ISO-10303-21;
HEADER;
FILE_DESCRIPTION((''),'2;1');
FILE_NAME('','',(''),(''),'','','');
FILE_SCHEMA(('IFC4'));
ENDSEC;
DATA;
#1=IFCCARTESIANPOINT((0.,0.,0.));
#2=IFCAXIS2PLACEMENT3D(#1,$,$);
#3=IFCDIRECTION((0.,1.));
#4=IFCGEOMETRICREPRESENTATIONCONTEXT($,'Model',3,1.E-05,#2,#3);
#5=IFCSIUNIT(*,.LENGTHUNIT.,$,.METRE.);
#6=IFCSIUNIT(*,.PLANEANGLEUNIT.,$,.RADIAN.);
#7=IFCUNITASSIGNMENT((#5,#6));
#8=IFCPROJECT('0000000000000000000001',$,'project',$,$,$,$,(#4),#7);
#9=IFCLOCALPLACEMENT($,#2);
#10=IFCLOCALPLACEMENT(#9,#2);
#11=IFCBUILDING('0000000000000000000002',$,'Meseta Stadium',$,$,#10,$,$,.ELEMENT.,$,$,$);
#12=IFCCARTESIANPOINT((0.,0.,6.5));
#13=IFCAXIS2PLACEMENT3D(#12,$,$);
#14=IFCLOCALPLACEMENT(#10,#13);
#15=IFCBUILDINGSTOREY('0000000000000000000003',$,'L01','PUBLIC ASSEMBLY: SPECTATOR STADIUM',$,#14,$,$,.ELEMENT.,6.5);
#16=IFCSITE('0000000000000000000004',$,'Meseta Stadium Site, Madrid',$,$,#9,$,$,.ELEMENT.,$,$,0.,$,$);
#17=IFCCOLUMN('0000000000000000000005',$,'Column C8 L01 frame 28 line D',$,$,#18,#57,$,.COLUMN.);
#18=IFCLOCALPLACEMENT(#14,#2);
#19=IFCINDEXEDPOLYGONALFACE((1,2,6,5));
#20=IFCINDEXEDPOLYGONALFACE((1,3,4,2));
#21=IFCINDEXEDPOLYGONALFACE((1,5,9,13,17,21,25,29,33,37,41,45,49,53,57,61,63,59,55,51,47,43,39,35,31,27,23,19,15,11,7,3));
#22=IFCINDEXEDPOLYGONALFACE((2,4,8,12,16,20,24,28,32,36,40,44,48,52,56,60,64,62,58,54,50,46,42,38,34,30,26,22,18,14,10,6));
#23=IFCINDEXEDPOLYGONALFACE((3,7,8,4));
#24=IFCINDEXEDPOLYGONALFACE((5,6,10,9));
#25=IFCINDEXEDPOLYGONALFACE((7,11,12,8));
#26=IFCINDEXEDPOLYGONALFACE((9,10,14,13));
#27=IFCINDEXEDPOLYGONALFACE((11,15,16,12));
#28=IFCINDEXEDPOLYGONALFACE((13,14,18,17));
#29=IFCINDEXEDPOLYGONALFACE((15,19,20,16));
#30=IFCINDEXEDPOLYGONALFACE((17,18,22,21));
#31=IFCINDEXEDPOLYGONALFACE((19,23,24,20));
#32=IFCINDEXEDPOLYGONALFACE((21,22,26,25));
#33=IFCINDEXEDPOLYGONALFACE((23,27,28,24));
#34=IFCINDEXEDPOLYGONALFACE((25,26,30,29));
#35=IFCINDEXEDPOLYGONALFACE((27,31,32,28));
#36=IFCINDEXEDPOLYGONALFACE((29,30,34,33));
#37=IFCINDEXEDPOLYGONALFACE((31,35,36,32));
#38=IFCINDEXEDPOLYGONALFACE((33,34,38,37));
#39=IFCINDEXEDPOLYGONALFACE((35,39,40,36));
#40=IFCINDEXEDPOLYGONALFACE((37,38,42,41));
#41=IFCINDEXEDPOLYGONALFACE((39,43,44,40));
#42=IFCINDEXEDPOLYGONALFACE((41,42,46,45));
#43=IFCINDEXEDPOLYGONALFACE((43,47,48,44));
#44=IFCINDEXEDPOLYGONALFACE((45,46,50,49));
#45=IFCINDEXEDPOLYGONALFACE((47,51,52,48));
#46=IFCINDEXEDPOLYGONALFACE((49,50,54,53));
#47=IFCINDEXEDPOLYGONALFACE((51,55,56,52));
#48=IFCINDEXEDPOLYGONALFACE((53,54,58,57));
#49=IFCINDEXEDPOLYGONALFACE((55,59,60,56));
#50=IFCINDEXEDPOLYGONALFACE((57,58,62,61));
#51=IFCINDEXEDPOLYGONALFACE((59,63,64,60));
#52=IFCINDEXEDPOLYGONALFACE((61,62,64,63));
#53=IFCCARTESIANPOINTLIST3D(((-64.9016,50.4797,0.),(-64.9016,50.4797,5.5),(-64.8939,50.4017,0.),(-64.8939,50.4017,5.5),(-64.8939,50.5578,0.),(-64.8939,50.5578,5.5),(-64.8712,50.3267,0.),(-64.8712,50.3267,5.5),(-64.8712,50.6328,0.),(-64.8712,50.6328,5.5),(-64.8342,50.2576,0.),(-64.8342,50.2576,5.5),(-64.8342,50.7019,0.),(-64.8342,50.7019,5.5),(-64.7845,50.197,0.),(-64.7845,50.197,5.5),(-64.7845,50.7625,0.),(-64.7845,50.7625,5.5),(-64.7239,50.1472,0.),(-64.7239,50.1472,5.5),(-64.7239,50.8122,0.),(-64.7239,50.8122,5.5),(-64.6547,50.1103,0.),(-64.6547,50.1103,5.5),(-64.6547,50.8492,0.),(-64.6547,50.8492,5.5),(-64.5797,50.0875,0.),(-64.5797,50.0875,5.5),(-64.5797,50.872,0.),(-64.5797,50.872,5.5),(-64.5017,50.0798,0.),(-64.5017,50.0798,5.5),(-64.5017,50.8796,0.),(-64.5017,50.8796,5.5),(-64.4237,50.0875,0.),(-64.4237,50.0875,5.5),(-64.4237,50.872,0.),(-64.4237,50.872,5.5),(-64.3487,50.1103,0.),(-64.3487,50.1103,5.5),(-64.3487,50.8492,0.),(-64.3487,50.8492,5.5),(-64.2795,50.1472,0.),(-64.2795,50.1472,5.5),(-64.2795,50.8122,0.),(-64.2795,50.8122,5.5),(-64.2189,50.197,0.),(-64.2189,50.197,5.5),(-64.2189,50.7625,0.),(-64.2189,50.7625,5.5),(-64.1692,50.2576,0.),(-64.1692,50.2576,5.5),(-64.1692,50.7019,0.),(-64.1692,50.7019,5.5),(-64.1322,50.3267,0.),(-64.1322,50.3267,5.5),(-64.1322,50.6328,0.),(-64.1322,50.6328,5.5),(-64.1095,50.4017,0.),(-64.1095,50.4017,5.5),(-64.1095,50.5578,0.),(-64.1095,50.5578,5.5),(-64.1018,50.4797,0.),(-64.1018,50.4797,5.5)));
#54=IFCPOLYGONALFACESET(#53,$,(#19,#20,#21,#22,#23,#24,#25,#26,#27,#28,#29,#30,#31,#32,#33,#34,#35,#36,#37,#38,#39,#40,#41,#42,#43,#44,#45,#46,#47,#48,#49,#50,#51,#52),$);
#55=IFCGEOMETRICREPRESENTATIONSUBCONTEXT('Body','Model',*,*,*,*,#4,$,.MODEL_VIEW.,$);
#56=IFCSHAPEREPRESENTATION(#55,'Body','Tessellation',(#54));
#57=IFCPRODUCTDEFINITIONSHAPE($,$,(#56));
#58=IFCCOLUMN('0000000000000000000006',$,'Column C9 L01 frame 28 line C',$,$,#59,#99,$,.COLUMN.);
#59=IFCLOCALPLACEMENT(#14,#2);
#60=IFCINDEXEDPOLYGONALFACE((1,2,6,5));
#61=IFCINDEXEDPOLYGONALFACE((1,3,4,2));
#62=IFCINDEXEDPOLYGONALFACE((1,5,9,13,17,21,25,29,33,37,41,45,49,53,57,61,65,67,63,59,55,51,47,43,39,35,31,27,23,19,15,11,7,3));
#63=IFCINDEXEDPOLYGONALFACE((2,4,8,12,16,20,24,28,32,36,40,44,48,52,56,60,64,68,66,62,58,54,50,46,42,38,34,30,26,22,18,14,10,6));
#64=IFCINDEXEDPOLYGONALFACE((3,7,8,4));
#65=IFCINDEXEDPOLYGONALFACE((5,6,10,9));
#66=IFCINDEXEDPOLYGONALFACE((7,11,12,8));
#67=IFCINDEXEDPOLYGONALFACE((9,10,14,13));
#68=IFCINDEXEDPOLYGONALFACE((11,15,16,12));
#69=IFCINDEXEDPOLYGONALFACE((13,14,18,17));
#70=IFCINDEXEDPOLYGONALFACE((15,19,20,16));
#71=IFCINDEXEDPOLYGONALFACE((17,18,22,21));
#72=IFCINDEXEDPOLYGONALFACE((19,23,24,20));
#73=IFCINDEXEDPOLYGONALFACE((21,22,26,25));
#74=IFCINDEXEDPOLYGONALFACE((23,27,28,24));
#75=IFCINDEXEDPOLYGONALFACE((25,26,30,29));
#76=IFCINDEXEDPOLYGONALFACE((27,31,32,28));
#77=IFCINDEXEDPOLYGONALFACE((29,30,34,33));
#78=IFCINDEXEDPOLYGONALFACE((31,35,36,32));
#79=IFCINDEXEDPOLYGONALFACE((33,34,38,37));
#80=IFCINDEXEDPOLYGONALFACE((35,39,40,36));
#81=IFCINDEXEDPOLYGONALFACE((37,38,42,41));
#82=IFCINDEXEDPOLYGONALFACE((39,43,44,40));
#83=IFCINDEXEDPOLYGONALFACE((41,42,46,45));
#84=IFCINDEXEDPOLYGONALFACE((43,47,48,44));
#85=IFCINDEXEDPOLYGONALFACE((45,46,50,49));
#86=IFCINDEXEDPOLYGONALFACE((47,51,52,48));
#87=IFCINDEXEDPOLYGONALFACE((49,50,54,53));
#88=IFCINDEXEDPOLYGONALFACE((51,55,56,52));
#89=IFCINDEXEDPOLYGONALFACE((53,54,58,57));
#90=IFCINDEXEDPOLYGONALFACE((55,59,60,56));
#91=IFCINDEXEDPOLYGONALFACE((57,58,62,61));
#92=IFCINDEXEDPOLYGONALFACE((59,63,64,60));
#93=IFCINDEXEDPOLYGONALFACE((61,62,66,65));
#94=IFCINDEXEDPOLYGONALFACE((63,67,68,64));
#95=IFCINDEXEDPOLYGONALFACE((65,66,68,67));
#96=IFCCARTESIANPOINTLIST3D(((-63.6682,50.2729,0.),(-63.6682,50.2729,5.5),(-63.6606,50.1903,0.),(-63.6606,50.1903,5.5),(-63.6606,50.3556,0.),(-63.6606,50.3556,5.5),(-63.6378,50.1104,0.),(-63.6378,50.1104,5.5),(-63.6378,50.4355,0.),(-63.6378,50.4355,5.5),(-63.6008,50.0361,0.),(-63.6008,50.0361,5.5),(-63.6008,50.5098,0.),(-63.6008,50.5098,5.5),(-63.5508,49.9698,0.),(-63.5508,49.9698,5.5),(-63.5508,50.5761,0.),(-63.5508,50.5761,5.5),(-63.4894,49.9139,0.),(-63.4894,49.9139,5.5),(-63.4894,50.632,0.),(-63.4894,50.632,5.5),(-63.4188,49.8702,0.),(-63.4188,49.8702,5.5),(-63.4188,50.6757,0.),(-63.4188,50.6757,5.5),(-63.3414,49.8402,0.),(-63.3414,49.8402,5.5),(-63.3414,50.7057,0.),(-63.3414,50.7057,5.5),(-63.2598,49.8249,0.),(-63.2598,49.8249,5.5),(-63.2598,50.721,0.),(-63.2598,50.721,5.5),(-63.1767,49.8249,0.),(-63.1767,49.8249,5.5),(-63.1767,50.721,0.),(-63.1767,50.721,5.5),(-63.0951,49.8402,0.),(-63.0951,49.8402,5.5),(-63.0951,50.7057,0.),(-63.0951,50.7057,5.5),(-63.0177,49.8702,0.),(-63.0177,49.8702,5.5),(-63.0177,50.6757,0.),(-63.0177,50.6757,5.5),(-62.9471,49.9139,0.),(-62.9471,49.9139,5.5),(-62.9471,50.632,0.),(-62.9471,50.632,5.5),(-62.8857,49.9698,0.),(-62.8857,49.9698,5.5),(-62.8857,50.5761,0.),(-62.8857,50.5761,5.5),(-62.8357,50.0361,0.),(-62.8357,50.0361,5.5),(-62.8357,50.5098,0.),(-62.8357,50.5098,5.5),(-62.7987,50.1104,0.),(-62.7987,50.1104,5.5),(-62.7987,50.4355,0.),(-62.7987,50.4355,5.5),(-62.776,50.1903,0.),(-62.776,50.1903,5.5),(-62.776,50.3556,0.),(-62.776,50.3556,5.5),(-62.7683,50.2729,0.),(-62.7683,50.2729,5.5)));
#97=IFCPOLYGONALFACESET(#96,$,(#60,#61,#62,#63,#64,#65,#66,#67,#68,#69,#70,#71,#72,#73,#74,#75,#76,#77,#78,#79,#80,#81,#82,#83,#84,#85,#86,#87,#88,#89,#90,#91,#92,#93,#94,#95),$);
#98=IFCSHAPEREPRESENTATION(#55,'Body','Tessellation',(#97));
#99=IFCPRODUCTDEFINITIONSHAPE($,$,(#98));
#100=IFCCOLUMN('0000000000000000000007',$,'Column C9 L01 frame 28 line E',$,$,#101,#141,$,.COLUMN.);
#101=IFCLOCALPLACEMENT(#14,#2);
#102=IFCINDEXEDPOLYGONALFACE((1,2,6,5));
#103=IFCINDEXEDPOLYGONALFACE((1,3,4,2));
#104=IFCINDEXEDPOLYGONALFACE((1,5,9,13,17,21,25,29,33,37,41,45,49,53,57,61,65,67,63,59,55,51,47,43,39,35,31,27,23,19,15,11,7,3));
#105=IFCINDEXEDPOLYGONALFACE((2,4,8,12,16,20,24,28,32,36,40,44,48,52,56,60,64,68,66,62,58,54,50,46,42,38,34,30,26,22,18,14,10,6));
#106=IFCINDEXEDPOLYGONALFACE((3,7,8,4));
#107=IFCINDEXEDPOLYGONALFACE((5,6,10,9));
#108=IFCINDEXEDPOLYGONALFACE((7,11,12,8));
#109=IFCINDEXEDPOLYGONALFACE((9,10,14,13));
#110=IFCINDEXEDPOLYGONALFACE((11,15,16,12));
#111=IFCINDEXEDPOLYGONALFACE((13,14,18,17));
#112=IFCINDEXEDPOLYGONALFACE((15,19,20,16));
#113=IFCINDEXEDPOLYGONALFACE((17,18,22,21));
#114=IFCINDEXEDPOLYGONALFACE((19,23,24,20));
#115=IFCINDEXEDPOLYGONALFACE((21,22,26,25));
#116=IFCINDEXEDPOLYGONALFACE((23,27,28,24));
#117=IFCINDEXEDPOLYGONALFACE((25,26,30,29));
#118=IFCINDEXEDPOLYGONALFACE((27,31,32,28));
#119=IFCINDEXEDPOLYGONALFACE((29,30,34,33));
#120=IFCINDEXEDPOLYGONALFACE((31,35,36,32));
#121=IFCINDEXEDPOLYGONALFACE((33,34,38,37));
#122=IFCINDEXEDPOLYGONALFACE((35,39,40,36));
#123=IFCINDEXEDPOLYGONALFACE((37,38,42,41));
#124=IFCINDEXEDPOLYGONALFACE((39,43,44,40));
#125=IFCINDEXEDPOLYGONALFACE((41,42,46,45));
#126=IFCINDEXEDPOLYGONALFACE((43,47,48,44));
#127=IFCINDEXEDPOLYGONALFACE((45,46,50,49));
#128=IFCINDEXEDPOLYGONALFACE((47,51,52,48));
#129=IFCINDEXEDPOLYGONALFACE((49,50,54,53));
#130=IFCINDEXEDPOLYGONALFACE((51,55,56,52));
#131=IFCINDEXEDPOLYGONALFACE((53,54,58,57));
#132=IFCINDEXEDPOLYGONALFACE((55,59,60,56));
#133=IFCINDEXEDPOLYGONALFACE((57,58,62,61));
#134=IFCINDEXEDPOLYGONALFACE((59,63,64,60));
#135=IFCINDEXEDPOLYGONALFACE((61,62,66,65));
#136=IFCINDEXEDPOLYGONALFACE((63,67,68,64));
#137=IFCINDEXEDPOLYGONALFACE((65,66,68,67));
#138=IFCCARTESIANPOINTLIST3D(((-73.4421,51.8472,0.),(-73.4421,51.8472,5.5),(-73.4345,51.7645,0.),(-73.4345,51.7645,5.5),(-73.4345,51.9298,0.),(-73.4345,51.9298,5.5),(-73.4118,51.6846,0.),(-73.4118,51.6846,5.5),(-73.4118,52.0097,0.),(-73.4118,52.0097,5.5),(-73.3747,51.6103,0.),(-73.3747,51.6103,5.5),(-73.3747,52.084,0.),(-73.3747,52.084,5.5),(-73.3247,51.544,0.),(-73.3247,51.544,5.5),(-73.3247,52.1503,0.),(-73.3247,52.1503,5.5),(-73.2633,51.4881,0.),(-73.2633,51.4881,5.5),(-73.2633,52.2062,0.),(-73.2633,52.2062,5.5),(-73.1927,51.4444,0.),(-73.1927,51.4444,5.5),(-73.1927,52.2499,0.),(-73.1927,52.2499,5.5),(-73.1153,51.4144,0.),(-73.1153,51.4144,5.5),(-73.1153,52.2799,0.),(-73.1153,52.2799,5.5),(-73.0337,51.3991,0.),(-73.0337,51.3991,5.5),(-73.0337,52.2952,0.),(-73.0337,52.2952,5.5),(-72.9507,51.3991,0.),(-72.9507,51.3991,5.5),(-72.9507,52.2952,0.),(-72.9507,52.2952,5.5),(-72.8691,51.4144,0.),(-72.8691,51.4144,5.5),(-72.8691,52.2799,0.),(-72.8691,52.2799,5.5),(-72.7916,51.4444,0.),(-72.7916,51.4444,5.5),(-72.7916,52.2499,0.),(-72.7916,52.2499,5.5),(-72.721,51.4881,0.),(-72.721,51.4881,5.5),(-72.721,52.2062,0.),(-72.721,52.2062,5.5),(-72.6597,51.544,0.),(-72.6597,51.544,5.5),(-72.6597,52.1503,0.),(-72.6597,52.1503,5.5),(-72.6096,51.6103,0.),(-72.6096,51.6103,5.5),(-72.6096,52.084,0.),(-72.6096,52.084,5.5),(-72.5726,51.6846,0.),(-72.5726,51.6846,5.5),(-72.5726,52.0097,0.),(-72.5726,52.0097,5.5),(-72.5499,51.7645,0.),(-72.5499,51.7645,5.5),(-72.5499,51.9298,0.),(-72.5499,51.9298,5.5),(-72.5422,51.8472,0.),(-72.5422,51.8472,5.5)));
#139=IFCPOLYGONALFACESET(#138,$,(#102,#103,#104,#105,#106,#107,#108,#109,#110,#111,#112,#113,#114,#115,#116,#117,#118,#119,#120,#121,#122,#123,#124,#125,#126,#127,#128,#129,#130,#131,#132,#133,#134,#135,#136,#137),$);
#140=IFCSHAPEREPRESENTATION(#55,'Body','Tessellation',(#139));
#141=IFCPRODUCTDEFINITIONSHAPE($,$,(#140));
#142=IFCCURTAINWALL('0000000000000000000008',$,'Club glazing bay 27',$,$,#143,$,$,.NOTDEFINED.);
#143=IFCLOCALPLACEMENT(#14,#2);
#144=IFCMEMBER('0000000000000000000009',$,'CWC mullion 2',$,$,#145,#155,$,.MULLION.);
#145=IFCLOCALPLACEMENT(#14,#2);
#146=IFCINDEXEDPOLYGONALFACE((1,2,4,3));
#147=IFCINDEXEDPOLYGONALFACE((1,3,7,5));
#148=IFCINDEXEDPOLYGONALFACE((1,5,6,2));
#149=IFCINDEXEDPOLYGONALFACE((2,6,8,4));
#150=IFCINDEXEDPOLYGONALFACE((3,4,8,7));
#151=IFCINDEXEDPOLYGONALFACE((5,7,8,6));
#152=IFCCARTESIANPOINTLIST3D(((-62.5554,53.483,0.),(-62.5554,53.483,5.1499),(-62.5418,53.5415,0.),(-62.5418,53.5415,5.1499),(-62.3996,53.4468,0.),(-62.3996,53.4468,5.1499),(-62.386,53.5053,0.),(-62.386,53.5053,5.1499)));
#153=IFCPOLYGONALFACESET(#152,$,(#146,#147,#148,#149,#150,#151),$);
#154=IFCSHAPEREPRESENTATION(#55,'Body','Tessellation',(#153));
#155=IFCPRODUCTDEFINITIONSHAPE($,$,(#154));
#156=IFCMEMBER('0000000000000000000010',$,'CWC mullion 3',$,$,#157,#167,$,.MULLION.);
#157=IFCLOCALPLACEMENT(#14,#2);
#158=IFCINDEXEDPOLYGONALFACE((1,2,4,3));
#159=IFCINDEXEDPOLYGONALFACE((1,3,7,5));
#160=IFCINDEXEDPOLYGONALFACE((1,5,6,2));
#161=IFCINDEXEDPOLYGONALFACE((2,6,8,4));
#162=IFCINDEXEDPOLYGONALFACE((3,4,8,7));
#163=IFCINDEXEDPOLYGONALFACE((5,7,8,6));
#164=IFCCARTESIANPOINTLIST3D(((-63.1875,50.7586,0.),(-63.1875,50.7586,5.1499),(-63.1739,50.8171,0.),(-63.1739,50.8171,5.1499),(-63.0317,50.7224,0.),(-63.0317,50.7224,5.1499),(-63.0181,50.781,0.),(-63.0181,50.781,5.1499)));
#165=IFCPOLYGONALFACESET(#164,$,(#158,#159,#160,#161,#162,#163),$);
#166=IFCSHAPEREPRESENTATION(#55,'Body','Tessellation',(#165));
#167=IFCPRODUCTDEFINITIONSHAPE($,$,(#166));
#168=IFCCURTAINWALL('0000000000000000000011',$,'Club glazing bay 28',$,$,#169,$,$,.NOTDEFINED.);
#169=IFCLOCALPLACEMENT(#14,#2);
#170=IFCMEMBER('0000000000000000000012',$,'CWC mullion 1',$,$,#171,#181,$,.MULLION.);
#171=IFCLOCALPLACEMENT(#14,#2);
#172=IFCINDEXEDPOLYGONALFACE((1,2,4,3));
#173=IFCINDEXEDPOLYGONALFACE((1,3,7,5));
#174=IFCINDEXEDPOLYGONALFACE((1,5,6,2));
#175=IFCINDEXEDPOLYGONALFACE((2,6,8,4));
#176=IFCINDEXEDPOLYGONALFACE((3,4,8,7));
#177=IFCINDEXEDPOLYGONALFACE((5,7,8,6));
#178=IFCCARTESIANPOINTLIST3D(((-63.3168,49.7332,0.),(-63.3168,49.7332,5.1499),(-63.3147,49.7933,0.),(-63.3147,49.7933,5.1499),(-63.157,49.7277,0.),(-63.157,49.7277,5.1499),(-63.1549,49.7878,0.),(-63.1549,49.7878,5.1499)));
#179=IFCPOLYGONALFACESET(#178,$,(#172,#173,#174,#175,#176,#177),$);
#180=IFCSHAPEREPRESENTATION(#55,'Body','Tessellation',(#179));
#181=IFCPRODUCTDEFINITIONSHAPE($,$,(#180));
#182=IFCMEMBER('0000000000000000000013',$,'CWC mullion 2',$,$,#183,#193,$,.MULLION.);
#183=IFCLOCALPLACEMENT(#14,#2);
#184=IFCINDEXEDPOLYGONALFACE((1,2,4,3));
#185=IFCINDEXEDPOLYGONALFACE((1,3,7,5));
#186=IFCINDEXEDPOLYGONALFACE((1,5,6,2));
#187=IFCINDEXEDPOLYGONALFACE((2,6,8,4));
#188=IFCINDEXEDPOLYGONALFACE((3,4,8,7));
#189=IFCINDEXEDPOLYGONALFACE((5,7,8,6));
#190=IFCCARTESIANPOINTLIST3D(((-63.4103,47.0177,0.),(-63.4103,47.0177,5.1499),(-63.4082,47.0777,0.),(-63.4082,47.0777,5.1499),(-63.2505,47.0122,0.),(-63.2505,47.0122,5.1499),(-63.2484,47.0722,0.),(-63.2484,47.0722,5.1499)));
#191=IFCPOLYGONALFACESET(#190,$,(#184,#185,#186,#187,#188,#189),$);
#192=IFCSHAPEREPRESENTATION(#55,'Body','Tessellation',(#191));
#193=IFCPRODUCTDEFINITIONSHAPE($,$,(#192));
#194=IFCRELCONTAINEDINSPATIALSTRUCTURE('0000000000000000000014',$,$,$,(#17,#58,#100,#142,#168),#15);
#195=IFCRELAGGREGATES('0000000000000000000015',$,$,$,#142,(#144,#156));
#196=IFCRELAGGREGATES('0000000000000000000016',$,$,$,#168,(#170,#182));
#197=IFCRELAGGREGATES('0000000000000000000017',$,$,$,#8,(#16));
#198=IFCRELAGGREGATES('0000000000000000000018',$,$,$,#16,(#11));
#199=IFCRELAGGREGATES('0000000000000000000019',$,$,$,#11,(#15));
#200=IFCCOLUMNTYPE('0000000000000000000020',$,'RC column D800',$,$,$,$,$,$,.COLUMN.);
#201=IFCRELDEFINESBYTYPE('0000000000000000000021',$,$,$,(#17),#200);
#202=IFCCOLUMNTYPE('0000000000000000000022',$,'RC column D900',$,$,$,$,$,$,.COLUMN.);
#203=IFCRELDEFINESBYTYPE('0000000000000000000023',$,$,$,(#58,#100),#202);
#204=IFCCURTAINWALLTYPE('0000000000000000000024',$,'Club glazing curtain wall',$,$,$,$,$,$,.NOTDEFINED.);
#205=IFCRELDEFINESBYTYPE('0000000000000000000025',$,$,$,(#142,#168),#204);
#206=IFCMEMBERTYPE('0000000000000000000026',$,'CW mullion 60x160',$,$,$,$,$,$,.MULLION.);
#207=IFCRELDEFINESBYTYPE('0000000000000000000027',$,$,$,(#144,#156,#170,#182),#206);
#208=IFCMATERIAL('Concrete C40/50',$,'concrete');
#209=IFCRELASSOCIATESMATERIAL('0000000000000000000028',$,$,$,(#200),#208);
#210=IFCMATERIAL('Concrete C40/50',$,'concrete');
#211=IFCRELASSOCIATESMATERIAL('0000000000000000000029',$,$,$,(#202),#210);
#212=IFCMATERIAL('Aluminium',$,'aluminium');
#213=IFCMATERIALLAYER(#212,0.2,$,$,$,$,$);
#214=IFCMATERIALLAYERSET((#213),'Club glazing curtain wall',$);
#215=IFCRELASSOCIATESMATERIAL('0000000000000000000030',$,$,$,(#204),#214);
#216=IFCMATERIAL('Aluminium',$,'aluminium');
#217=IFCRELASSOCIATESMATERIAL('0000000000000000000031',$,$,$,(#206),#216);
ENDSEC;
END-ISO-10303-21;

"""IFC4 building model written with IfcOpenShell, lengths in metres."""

from ifc_helpers import new_model, si_unit, direction, frame, origin, origin_2d, place, context, subcontext, project, spatial, rectangle, circle, extrude, material, layer, layer_set, material_profile, profile_set, type_object, element, aggregate, save


model = new_model("IFC4")

# Units and contexts
model_context = context("Model", 3, precision=1e-05, world=origin(), true_north=direction((0.0, 1.0)))
body_context = subcontext(model_context, "Body", "Model", "MODEL_VIEW")
ifc_project = project(units=[si_unit("LENGTHUNIT", "METRE"), si_unit("PLANEANGLEUNIT", "RADIAN")], contexts=[model_context])

# Site, building, storey
site_placement = place(None, origin())
site = spatial("IfcSite", under=ifc_project, at=site_placement, Name="Meseta Stadium Site, Madrid", CompositionType="ELEMENT", RefElevation=0.0)
building_placement = place(site_placement, origin())
building = spatial("IfcBuilding", under=site, at=building_placement, Name="Meseta Stadium", CompositionType="ELEMENT")
storey_placement = place(building_placement, frame((0.0, 0.0, 6.5)))
storey = spatial("IfcBuildingStorey", under=building, at=storey_placement, Name="L01", Description="PUBLIC ASSEMBLY: SPECTATOR STADIUM", CompositionType="ELEMENT", Elevation=6.5)

# Columns
ifc_material_1 = material(Name="Concrete C40/50", Category="concrete")
ifc_material_profile_1 = material_profile(ifc_material_1, circle(Radius=0.3999, at=origin_2d()), Name="RC D800")
ifc_profile_set_1 = profile_set([ifc_material_profile_1], Name="Concrete C40/50")
column_type_1 = type_object("IfcColumnType", Name="RC column D800", PredefinedType="COLUMN", material=ifc_profile_set_1)
column_placement = place(storey_placement, frame((-64.5017, 50.4797, 0.0), z_axis=(0.0, 0.0, 1.0), x_axis=(1.0, 0.0, 0.0)))
element("IfcColumn", 1, at=column_placement, inside=storey, type_object=column_type_1, Name="Column C8 L01 frame 28 line D", PredefinedType="COLUMN", context=body_context, shape_type="SweptSolid", body=[
    extrude(circle(Radius=0.3999, at=origin_2d()), origin(), (0.0, 0.0, 1.0), 5.5),
])
ifc_material_2 = material(Name="Concrete C40/50", Category="concrete")
ifc_material_profile_2 = material_profile(ifc_material_2, circle(Radius=0.45, at=origin_2d()), Name="RC D900")
ifc_profile_set_2 = profile_set([ifc_material_profile_2], Name="Concrete C40/50")
column_type_2 = type_object("IfcColumnType", Name="RC column D900", PredefinedType="COLUMN", material=ifc_profile_set_2)
for number, where, z_axis, x_axis, name in (
    (2, (-63.2183, 50.2729, 0.0), (0.0, 0.0, 1.0), (1.0, 0.0, 0.0), "Column C9 L01 frame 28 line C"),
    (3, (-72.9922, 51.8472, 0.0), (0.0, 0.0, 1.0), (1.0, 0.0, 0.0), "Column C9 L01 frame 28 line E"),
):
    element("IfcColumn", number, at=place(storey_placement, frame(where, z_axis=z_axis, x_axis=x_axis)), inside=storey, type_object=column_type_2, Name=name, PredefinedType="COLUMN", context=body_context, shape_type="SweptSolid", body=[
        extrude(circle(Radius=0.45, at=origin_2d()), origin(), (0.0, 0.0, 1.0), 5.5),
    ])

# Curtain walls, members
ifc_material_3 = material(Name="Aluminium", Category="aluminium")
ifc_layer_1 = layer(ifc_material_3, 0.2)
ifc_layer_set_1 = layer_set([ifc_layer_1], Name="Club glazing curtain wall")
curtain_wall_type = type_object("IfcCurtainWallType", Name="Club glazing curtain wall", PredefinedType="NOTDEFINED", material=ifc_layer_set_1)
curtain_wall_1_placement = place(storey_placement, origin())
curtain_wall_1 = element("IfcCurtainWall", 4, at=curtain_wall_1_placement, inside=storey, type_object=curtain_wall_type, Name="Club glazing bay 27", PredefinedType="NOTDEFINED")
ifc_material_4 = material(Name="Aluminium", Category="aluminium")
ifc_material_profile_3 = material_profile(ifc_material_4, rectangle(XDim=0.1599, YDim=0.0601, at=origin_2d()), Name="CW 160x60")
ifc_profile_set_3 = profile_set([ifc_material_profile_3], Name="Aluminium")
member_type_1 = type_object("IfcMemberType", Name="CW mullion 60x160", PredefinedType="MULLION", material=ifc_profile_set_3)
member_1_placement = place(storey_placement, frame((-62.4707, 53.4941, 0.0), z_axis=(0.0, 0.0, 1.0), x_axis=(0.974116, -0.226048, 0.0)))
member_1 = element("IfcMember", 5, at=member_1_placement, type_object=member_type_1, Name="CWC mullion 2", PredefinedType="MULLION", context=body_context, shape_type="SweptSolid", body=[
    extrude(rectangle(XDim=0.1599, YDim=0.0601, at=origin_2d()), origin(), (0.0, 0.0, 1.0), 5.1499),
])
member_2_placement = place(storey_placement, frame((-63.1028, 50.7698, 0.0), z_axis=(0.0, 0.0, 1.0), x_axis=(0.974116, -0.226048, 0.0)))
member_2 = element("IfcMember", 6, at=member_2_placement, type_object=member_type_1, Name="CWC mullion 3", PredefinedType="MULLION", context=body_context, shape_type="SweptSolid", body=[
    extrude(rectangle(XDim=0.1599, YDim=0.0601, at=origin_2d()), origin(), (0.0, 0.0, 1.0), 5.1499),
])
curtain_wall_2_placement = place(storey_placement, origin())
curtain_wall_2 = element("IfcCurtainWall", 7, at=curtain_wall_2_placement, inside=storey, type_object=curtain_wall_type, Name="Club glazing bay 28", PredefinedType="NOTDEFINED")
member_3_placement = place(storey_placement, frame((-63.2358, 49.7605, 0.0), z_axis=(0.0, 0.0, 1.0), x_axis=(0.999408, -0.034398, 0.0)))
member_3 = element("IfcMember", 8, at=member_3_placement, type_object=member_type_1, Name="CWC mullion 1", PredefinedType="MULLION", context=body_context, shape_type="SweptSolid", body=[
    extrude(rectangle(XDim=0.1599, YDim=0.0601, at=origin_2d()), origin(), (0.0, 0.0, 1.0), 5.1499),
])
member_4_placement = place(storey_placement, frame((-63.3293, 47.0449, 0.0), z_axis=(0.0, 0.0, 1.0), x_axis=(0.999408, -0.034398, 0.0)))
member_4 = element("IfcMember", 9, at=member_4_placement, type_object=member_type_1, Name="CWC mullion 2", PredefinedType="MULLION", context=body_context, shape_type="SweptSolid", body=[
    extrude(rectangle(XDim=0.1599, YDim=0.0601, at=origin_2d()), origin(), (0.0, 0.0, 1.0), 5.1499),
])

aggregate(curtain_wall_1, [member_1, member_2])
aggregate(curtain_wall_2, [member_3, member_4])

save(model, "model.ifc")
